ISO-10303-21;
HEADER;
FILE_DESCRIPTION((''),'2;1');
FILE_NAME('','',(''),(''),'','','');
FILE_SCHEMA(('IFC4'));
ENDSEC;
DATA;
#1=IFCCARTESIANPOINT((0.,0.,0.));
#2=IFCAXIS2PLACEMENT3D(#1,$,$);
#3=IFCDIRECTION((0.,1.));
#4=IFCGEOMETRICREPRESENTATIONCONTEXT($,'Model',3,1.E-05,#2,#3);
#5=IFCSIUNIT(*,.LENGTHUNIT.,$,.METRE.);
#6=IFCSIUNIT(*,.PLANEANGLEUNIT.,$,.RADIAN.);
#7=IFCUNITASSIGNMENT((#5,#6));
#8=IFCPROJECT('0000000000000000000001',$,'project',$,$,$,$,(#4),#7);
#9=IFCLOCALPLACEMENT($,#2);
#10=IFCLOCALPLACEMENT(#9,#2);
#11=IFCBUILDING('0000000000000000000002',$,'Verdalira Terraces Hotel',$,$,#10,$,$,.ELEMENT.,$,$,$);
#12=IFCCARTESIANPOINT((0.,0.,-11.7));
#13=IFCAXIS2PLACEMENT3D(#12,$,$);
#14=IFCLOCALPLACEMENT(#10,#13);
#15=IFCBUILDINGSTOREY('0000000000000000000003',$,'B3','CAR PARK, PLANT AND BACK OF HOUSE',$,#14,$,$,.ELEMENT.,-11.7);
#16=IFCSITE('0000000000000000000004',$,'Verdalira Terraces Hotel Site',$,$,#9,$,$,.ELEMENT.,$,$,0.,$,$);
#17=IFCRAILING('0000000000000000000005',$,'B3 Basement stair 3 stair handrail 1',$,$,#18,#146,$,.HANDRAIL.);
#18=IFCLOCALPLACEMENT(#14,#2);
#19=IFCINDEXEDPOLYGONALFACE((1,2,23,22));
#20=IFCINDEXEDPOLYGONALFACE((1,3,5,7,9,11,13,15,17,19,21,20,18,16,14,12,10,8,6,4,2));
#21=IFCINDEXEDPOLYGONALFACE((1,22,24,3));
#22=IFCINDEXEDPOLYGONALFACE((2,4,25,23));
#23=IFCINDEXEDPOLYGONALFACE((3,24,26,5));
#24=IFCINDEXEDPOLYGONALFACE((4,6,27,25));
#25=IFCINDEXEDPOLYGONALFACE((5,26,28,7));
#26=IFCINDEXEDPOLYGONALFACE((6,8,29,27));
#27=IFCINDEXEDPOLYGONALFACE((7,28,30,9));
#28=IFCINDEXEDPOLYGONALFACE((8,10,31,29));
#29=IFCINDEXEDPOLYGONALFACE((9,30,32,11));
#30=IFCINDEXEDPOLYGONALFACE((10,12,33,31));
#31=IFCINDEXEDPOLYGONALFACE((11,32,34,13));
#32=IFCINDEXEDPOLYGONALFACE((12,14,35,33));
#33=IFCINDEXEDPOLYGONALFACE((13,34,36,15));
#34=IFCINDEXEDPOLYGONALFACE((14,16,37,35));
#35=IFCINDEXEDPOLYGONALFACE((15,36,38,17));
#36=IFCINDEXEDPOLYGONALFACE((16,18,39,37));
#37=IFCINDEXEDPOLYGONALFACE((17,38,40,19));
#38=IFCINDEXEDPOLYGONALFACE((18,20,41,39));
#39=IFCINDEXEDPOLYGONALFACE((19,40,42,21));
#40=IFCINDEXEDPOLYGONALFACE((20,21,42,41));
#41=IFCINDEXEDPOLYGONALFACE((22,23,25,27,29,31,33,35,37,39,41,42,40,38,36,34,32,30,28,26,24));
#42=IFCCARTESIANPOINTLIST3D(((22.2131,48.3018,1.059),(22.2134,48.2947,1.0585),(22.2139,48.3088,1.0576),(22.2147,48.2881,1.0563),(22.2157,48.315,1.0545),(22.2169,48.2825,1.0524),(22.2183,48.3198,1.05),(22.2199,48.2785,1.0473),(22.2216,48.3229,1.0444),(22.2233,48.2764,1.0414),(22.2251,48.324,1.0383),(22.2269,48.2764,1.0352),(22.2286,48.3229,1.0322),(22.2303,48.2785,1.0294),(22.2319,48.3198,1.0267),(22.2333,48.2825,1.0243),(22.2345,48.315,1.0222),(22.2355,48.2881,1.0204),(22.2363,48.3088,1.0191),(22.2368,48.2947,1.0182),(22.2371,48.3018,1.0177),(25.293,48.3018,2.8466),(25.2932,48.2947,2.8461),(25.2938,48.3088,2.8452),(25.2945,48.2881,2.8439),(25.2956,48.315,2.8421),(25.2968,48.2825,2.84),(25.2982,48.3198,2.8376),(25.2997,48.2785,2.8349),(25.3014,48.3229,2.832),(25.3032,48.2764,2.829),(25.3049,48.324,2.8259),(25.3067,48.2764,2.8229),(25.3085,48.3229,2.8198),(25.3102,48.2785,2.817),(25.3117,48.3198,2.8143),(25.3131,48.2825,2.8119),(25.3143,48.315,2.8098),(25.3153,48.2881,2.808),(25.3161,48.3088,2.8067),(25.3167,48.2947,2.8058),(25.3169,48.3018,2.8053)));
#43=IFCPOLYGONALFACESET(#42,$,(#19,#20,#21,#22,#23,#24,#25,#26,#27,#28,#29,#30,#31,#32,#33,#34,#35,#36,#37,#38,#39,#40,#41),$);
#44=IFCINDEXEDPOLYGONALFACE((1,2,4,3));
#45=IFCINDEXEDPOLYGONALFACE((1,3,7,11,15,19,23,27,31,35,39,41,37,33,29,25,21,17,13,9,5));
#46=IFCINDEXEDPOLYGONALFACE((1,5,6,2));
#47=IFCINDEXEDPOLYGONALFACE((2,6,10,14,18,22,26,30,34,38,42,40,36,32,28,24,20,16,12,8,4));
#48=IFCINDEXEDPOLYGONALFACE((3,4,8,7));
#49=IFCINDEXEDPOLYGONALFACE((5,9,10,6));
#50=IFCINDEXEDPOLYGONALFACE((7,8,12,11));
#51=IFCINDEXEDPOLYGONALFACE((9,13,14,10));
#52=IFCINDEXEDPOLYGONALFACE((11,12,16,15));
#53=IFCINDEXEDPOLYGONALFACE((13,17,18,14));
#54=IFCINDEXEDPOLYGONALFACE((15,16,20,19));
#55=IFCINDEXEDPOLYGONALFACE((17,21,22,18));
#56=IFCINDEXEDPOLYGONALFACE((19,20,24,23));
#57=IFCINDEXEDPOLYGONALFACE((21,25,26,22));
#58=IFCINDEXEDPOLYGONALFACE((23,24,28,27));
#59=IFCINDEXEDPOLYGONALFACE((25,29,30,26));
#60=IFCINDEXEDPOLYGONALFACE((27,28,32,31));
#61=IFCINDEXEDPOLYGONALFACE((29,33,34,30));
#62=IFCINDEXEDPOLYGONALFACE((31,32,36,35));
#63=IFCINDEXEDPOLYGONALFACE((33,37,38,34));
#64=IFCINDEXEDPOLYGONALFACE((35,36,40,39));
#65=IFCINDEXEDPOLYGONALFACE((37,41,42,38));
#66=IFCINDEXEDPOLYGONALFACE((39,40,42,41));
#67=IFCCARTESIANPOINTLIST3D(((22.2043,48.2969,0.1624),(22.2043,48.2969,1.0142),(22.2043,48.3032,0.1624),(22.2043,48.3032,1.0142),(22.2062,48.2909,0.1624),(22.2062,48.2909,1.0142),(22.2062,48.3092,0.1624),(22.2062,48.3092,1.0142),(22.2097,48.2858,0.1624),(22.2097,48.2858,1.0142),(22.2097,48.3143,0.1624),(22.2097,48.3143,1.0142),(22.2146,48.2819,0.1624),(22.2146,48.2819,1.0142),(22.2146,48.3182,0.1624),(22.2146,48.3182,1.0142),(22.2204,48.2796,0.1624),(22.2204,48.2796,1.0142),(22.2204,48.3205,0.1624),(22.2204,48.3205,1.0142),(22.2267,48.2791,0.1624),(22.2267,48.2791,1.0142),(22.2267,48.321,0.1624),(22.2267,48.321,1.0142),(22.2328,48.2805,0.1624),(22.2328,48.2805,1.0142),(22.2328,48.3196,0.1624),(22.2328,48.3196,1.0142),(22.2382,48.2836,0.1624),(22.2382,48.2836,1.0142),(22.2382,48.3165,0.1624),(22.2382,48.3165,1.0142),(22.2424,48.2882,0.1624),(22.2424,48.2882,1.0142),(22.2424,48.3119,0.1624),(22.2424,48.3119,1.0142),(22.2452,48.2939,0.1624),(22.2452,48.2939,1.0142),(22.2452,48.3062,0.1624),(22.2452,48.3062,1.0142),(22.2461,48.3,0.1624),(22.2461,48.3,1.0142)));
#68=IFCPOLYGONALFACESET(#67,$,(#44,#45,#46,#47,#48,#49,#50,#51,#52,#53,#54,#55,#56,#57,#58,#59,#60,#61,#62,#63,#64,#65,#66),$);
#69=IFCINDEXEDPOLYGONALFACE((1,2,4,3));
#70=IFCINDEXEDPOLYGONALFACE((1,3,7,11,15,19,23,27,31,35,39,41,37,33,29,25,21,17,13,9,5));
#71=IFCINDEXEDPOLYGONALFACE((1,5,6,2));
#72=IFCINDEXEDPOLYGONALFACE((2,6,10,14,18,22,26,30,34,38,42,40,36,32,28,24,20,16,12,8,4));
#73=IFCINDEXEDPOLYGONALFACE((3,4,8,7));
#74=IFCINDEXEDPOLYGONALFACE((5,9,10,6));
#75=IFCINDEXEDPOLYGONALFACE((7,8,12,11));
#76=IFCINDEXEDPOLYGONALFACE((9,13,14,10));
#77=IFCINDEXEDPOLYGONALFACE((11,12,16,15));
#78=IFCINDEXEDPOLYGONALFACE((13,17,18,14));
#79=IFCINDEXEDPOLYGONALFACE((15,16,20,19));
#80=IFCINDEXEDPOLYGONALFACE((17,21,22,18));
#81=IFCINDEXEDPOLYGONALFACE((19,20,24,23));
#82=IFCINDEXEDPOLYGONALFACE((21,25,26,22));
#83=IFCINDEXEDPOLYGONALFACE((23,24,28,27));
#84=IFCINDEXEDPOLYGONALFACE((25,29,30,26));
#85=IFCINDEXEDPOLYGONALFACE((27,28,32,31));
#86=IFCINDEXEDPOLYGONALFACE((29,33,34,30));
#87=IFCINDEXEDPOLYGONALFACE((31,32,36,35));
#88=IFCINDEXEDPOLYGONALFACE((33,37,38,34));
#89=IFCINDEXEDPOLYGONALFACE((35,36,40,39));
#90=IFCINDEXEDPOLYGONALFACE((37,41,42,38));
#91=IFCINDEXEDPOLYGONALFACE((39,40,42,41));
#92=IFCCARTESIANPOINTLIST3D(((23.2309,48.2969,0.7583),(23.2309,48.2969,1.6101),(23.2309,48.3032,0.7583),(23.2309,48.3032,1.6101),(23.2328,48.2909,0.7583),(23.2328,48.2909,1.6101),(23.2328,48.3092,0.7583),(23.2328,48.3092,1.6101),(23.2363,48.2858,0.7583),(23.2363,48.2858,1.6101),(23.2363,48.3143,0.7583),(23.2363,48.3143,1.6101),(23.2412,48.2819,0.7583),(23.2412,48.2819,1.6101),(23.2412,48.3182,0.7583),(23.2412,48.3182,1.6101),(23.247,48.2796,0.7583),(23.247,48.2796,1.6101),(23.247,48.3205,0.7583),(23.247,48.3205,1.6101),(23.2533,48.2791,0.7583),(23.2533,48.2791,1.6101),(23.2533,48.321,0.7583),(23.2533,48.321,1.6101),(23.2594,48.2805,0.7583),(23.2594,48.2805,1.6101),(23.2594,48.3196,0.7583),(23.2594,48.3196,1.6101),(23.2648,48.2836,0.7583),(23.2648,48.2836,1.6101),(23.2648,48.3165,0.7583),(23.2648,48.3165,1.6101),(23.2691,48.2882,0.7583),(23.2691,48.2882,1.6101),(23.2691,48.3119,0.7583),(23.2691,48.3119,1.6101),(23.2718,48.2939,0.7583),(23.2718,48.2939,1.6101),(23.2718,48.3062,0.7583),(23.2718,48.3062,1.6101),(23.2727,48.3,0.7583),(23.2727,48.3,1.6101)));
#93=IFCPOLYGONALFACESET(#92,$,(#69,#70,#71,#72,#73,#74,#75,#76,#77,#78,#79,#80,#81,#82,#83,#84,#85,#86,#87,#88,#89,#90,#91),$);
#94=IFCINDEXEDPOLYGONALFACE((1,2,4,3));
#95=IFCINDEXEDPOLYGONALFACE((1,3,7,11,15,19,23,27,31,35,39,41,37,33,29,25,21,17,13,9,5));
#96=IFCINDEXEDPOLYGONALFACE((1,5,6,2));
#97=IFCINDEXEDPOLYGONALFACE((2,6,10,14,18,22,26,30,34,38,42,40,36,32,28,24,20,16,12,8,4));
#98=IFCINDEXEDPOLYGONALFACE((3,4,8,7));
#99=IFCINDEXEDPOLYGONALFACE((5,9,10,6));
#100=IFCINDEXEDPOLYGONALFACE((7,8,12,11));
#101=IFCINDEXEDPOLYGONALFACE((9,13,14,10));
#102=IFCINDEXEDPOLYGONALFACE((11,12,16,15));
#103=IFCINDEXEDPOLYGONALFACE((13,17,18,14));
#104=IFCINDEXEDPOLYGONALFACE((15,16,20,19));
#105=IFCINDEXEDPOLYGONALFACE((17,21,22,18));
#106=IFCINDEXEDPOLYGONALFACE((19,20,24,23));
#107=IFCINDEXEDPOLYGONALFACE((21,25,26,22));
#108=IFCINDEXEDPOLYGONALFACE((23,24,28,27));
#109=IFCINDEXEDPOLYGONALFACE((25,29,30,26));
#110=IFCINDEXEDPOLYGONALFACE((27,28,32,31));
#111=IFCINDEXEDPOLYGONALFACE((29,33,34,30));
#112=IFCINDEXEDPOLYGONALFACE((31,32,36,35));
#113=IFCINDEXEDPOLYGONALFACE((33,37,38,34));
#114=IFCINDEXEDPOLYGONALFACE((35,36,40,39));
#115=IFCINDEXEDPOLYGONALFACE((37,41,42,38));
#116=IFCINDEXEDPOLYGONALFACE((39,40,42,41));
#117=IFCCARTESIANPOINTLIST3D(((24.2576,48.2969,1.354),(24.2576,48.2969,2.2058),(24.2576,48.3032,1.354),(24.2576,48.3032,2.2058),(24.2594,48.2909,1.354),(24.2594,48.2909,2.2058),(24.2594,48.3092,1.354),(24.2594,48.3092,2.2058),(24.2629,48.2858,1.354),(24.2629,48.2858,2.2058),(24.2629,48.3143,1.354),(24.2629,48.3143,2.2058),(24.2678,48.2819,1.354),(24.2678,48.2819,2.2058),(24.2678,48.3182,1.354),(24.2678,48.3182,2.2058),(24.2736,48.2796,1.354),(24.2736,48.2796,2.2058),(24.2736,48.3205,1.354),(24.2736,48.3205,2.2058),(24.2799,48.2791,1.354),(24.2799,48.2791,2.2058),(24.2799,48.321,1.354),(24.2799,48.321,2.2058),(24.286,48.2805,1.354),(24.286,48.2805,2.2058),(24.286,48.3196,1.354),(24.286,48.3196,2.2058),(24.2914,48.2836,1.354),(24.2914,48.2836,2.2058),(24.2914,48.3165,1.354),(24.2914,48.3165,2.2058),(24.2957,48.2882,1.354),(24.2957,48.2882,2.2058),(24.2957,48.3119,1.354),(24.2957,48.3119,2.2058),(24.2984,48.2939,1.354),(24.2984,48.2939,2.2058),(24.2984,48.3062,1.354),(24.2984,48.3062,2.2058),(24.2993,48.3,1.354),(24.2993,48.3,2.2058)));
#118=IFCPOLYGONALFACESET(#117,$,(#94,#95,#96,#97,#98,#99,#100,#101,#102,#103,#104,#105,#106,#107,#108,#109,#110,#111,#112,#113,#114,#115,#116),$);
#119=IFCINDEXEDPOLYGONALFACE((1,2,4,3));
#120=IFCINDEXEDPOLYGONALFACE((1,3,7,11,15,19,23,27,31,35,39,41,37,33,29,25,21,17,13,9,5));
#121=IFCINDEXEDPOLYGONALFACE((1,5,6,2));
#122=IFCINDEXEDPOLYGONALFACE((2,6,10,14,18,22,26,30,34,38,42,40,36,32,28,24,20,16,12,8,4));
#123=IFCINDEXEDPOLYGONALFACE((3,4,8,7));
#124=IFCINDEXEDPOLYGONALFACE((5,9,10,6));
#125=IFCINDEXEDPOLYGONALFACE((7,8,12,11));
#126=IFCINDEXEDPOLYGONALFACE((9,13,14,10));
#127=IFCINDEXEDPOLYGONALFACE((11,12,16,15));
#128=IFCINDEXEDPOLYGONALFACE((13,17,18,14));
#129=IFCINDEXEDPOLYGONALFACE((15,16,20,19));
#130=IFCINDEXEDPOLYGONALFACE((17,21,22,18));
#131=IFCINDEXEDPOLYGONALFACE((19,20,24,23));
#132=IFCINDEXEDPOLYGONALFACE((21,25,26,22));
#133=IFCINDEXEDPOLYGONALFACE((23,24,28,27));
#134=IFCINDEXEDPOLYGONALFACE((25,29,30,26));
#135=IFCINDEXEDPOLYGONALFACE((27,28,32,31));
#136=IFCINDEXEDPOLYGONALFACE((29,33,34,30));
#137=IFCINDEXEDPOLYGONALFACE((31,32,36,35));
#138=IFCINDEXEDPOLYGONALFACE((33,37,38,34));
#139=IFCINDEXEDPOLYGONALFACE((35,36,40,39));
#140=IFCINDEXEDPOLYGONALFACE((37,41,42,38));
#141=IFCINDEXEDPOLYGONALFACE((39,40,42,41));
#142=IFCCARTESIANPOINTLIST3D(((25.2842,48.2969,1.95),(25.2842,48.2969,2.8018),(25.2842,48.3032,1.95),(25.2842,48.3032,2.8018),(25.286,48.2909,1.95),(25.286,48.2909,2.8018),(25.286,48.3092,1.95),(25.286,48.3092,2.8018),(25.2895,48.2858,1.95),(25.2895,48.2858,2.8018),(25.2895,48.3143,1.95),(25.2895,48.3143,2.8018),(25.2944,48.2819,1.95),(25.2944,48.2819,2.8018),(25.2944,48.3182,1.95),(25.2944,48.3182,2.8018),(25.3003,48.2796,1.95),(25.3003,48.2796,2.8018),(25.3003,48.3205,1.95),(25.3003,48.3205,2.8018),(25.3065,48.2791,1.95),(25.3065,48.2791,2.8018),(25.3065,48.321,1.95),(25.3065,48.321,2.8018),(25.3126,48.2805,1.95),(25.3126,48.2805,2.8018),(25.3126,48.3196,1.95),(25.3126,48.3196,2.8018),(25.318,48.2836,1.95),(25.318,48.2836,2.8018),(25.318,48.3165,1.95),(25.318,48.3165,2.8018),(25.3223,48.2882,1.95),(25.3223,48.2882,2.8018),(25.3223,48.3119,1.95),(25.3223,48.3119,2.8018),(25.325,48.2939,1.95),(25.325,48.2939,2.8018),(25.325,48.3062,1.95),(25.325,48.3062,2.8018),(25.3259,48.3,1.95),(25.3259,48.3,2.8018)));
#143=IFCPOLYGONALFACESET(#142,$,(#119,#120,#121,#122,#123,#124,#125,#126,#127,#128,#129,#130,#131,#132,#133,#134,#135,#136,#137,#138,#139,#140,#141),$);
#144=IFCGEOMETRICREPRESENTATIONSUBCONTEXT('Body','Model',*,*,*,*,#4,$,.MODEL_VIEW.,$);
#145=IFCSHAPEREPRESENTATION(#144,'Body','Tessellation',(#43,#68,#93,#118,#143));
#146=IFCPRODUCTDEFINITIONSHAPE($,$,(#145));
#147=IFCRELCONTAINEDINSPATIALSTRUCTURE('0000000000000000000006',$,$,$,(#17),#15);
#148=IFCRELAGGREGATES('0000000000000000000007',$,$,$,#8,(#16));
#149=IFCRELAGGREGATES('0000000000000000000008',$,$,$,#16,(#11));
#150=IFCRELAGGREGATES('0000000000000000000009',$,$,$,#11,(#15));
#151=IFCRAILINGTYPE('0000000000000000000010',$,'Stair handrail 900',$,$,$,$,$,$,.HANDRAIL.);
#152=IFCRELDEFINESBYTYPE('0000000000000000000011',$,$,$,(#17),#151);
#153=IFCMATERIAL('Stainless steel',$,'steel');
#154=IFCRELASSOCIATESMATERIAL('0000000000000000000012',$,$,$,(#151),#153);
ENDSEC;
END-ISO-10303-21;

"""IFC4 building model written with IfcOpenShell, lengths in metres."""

from ifc_helpers import new_model, si_unit, direction, frame, origin, origin_2d, place, context, subcontext, project, spatial, circle, extrude, material, type_object, element, save


model = new_model("IFC4")

# Units and contexts
model_context = context("Model", 3, precision=1e-05, world=origin(), true_north=direction((0.0, 1.0)))
body_context = subcontext(model_context, "Body", "Model", "MODEL_VIEW")
ifc_project = project(units=[si_unit("LENGTHUNIT", "METRE"), si_unit("PLANEANGLEUNIT", "RADIAN")], contexts=[model_context])

# Site, building, storey
site_placement = place(None, origin())
site = spatial("IfcSite", under=ifc_project, at=site_placement, Name="Verdalira Terraces Hotel Site", CompositionType="ELEMENT", RefElevation=0.0)
building_placement = place(site_placement, origin())
building = spatial("IfcBuilding", under=site, at=building_placement, Name="Verdalira Terraces Hotel", CompositionType="ELEMENT")
storey_placement = place(building_placement, frame((0.0, 0.0, -11.7)))
storey = spatial("IfcBuildingStorey", under=building, at=storey_placement, Name="B3", Description="CAR PARK, PLANT AND BACK OF HOUSE", CompositionType="ELEMENT", Elevation=-11.7)

# Railing
ifc_material_1 = material(Name="Stainless steel", Category="steel")
railing_type_1 = type_object("IfcRailingType", Name="Stair handrail 900", PredefinedType="HANDRAIL", material=ifc_material_1)
railing_1_placement = place(storey_placement, frame((22.2251, 48.3, 0.1624)))
element("IfcRailing", 1, at=railing_1_placement, inside=storey, type_object=railing_type_1, Name="B3 Basement stair 3 stair handrail 1", PredefinedType="HANDRAIL", context=body_context, shape_type="SweptSolid", body=[
    extrude(circle(Radius=0.0239, at=origin_2d()), frame((0.0, 0.0, 0.876), z_axis=(0.864873, 0.0, 0.50199), x_axis=(0.0, 1.0, 0.0)), (0.0, 0.0, 1.0), 3.561),
    extrude(circle(Radius=0.021, at=origin_2d()), origin(), (0.0, 0.0, 1.0), 0.8518),
    extrude(circle(Radius=0.021, at=origin_2d()), frame((1.0266, 0.0, 0.5959)), (0.0, 0.0, 1.0), 0.8518),
    extrude(circle(Radius=0.021, at=origin_2d()), frame((2.0532, 0.0, 1.1917)), (0.0, 0.0, 1.0), 0.8518),
    extrude(circle(Radius=0.021, at=origin_2d()), frame((3.0798, 0.0, 1.7876)), (0.0, 0.0, 1.0), 0.8518),
])

save(model, "model.ifc")
